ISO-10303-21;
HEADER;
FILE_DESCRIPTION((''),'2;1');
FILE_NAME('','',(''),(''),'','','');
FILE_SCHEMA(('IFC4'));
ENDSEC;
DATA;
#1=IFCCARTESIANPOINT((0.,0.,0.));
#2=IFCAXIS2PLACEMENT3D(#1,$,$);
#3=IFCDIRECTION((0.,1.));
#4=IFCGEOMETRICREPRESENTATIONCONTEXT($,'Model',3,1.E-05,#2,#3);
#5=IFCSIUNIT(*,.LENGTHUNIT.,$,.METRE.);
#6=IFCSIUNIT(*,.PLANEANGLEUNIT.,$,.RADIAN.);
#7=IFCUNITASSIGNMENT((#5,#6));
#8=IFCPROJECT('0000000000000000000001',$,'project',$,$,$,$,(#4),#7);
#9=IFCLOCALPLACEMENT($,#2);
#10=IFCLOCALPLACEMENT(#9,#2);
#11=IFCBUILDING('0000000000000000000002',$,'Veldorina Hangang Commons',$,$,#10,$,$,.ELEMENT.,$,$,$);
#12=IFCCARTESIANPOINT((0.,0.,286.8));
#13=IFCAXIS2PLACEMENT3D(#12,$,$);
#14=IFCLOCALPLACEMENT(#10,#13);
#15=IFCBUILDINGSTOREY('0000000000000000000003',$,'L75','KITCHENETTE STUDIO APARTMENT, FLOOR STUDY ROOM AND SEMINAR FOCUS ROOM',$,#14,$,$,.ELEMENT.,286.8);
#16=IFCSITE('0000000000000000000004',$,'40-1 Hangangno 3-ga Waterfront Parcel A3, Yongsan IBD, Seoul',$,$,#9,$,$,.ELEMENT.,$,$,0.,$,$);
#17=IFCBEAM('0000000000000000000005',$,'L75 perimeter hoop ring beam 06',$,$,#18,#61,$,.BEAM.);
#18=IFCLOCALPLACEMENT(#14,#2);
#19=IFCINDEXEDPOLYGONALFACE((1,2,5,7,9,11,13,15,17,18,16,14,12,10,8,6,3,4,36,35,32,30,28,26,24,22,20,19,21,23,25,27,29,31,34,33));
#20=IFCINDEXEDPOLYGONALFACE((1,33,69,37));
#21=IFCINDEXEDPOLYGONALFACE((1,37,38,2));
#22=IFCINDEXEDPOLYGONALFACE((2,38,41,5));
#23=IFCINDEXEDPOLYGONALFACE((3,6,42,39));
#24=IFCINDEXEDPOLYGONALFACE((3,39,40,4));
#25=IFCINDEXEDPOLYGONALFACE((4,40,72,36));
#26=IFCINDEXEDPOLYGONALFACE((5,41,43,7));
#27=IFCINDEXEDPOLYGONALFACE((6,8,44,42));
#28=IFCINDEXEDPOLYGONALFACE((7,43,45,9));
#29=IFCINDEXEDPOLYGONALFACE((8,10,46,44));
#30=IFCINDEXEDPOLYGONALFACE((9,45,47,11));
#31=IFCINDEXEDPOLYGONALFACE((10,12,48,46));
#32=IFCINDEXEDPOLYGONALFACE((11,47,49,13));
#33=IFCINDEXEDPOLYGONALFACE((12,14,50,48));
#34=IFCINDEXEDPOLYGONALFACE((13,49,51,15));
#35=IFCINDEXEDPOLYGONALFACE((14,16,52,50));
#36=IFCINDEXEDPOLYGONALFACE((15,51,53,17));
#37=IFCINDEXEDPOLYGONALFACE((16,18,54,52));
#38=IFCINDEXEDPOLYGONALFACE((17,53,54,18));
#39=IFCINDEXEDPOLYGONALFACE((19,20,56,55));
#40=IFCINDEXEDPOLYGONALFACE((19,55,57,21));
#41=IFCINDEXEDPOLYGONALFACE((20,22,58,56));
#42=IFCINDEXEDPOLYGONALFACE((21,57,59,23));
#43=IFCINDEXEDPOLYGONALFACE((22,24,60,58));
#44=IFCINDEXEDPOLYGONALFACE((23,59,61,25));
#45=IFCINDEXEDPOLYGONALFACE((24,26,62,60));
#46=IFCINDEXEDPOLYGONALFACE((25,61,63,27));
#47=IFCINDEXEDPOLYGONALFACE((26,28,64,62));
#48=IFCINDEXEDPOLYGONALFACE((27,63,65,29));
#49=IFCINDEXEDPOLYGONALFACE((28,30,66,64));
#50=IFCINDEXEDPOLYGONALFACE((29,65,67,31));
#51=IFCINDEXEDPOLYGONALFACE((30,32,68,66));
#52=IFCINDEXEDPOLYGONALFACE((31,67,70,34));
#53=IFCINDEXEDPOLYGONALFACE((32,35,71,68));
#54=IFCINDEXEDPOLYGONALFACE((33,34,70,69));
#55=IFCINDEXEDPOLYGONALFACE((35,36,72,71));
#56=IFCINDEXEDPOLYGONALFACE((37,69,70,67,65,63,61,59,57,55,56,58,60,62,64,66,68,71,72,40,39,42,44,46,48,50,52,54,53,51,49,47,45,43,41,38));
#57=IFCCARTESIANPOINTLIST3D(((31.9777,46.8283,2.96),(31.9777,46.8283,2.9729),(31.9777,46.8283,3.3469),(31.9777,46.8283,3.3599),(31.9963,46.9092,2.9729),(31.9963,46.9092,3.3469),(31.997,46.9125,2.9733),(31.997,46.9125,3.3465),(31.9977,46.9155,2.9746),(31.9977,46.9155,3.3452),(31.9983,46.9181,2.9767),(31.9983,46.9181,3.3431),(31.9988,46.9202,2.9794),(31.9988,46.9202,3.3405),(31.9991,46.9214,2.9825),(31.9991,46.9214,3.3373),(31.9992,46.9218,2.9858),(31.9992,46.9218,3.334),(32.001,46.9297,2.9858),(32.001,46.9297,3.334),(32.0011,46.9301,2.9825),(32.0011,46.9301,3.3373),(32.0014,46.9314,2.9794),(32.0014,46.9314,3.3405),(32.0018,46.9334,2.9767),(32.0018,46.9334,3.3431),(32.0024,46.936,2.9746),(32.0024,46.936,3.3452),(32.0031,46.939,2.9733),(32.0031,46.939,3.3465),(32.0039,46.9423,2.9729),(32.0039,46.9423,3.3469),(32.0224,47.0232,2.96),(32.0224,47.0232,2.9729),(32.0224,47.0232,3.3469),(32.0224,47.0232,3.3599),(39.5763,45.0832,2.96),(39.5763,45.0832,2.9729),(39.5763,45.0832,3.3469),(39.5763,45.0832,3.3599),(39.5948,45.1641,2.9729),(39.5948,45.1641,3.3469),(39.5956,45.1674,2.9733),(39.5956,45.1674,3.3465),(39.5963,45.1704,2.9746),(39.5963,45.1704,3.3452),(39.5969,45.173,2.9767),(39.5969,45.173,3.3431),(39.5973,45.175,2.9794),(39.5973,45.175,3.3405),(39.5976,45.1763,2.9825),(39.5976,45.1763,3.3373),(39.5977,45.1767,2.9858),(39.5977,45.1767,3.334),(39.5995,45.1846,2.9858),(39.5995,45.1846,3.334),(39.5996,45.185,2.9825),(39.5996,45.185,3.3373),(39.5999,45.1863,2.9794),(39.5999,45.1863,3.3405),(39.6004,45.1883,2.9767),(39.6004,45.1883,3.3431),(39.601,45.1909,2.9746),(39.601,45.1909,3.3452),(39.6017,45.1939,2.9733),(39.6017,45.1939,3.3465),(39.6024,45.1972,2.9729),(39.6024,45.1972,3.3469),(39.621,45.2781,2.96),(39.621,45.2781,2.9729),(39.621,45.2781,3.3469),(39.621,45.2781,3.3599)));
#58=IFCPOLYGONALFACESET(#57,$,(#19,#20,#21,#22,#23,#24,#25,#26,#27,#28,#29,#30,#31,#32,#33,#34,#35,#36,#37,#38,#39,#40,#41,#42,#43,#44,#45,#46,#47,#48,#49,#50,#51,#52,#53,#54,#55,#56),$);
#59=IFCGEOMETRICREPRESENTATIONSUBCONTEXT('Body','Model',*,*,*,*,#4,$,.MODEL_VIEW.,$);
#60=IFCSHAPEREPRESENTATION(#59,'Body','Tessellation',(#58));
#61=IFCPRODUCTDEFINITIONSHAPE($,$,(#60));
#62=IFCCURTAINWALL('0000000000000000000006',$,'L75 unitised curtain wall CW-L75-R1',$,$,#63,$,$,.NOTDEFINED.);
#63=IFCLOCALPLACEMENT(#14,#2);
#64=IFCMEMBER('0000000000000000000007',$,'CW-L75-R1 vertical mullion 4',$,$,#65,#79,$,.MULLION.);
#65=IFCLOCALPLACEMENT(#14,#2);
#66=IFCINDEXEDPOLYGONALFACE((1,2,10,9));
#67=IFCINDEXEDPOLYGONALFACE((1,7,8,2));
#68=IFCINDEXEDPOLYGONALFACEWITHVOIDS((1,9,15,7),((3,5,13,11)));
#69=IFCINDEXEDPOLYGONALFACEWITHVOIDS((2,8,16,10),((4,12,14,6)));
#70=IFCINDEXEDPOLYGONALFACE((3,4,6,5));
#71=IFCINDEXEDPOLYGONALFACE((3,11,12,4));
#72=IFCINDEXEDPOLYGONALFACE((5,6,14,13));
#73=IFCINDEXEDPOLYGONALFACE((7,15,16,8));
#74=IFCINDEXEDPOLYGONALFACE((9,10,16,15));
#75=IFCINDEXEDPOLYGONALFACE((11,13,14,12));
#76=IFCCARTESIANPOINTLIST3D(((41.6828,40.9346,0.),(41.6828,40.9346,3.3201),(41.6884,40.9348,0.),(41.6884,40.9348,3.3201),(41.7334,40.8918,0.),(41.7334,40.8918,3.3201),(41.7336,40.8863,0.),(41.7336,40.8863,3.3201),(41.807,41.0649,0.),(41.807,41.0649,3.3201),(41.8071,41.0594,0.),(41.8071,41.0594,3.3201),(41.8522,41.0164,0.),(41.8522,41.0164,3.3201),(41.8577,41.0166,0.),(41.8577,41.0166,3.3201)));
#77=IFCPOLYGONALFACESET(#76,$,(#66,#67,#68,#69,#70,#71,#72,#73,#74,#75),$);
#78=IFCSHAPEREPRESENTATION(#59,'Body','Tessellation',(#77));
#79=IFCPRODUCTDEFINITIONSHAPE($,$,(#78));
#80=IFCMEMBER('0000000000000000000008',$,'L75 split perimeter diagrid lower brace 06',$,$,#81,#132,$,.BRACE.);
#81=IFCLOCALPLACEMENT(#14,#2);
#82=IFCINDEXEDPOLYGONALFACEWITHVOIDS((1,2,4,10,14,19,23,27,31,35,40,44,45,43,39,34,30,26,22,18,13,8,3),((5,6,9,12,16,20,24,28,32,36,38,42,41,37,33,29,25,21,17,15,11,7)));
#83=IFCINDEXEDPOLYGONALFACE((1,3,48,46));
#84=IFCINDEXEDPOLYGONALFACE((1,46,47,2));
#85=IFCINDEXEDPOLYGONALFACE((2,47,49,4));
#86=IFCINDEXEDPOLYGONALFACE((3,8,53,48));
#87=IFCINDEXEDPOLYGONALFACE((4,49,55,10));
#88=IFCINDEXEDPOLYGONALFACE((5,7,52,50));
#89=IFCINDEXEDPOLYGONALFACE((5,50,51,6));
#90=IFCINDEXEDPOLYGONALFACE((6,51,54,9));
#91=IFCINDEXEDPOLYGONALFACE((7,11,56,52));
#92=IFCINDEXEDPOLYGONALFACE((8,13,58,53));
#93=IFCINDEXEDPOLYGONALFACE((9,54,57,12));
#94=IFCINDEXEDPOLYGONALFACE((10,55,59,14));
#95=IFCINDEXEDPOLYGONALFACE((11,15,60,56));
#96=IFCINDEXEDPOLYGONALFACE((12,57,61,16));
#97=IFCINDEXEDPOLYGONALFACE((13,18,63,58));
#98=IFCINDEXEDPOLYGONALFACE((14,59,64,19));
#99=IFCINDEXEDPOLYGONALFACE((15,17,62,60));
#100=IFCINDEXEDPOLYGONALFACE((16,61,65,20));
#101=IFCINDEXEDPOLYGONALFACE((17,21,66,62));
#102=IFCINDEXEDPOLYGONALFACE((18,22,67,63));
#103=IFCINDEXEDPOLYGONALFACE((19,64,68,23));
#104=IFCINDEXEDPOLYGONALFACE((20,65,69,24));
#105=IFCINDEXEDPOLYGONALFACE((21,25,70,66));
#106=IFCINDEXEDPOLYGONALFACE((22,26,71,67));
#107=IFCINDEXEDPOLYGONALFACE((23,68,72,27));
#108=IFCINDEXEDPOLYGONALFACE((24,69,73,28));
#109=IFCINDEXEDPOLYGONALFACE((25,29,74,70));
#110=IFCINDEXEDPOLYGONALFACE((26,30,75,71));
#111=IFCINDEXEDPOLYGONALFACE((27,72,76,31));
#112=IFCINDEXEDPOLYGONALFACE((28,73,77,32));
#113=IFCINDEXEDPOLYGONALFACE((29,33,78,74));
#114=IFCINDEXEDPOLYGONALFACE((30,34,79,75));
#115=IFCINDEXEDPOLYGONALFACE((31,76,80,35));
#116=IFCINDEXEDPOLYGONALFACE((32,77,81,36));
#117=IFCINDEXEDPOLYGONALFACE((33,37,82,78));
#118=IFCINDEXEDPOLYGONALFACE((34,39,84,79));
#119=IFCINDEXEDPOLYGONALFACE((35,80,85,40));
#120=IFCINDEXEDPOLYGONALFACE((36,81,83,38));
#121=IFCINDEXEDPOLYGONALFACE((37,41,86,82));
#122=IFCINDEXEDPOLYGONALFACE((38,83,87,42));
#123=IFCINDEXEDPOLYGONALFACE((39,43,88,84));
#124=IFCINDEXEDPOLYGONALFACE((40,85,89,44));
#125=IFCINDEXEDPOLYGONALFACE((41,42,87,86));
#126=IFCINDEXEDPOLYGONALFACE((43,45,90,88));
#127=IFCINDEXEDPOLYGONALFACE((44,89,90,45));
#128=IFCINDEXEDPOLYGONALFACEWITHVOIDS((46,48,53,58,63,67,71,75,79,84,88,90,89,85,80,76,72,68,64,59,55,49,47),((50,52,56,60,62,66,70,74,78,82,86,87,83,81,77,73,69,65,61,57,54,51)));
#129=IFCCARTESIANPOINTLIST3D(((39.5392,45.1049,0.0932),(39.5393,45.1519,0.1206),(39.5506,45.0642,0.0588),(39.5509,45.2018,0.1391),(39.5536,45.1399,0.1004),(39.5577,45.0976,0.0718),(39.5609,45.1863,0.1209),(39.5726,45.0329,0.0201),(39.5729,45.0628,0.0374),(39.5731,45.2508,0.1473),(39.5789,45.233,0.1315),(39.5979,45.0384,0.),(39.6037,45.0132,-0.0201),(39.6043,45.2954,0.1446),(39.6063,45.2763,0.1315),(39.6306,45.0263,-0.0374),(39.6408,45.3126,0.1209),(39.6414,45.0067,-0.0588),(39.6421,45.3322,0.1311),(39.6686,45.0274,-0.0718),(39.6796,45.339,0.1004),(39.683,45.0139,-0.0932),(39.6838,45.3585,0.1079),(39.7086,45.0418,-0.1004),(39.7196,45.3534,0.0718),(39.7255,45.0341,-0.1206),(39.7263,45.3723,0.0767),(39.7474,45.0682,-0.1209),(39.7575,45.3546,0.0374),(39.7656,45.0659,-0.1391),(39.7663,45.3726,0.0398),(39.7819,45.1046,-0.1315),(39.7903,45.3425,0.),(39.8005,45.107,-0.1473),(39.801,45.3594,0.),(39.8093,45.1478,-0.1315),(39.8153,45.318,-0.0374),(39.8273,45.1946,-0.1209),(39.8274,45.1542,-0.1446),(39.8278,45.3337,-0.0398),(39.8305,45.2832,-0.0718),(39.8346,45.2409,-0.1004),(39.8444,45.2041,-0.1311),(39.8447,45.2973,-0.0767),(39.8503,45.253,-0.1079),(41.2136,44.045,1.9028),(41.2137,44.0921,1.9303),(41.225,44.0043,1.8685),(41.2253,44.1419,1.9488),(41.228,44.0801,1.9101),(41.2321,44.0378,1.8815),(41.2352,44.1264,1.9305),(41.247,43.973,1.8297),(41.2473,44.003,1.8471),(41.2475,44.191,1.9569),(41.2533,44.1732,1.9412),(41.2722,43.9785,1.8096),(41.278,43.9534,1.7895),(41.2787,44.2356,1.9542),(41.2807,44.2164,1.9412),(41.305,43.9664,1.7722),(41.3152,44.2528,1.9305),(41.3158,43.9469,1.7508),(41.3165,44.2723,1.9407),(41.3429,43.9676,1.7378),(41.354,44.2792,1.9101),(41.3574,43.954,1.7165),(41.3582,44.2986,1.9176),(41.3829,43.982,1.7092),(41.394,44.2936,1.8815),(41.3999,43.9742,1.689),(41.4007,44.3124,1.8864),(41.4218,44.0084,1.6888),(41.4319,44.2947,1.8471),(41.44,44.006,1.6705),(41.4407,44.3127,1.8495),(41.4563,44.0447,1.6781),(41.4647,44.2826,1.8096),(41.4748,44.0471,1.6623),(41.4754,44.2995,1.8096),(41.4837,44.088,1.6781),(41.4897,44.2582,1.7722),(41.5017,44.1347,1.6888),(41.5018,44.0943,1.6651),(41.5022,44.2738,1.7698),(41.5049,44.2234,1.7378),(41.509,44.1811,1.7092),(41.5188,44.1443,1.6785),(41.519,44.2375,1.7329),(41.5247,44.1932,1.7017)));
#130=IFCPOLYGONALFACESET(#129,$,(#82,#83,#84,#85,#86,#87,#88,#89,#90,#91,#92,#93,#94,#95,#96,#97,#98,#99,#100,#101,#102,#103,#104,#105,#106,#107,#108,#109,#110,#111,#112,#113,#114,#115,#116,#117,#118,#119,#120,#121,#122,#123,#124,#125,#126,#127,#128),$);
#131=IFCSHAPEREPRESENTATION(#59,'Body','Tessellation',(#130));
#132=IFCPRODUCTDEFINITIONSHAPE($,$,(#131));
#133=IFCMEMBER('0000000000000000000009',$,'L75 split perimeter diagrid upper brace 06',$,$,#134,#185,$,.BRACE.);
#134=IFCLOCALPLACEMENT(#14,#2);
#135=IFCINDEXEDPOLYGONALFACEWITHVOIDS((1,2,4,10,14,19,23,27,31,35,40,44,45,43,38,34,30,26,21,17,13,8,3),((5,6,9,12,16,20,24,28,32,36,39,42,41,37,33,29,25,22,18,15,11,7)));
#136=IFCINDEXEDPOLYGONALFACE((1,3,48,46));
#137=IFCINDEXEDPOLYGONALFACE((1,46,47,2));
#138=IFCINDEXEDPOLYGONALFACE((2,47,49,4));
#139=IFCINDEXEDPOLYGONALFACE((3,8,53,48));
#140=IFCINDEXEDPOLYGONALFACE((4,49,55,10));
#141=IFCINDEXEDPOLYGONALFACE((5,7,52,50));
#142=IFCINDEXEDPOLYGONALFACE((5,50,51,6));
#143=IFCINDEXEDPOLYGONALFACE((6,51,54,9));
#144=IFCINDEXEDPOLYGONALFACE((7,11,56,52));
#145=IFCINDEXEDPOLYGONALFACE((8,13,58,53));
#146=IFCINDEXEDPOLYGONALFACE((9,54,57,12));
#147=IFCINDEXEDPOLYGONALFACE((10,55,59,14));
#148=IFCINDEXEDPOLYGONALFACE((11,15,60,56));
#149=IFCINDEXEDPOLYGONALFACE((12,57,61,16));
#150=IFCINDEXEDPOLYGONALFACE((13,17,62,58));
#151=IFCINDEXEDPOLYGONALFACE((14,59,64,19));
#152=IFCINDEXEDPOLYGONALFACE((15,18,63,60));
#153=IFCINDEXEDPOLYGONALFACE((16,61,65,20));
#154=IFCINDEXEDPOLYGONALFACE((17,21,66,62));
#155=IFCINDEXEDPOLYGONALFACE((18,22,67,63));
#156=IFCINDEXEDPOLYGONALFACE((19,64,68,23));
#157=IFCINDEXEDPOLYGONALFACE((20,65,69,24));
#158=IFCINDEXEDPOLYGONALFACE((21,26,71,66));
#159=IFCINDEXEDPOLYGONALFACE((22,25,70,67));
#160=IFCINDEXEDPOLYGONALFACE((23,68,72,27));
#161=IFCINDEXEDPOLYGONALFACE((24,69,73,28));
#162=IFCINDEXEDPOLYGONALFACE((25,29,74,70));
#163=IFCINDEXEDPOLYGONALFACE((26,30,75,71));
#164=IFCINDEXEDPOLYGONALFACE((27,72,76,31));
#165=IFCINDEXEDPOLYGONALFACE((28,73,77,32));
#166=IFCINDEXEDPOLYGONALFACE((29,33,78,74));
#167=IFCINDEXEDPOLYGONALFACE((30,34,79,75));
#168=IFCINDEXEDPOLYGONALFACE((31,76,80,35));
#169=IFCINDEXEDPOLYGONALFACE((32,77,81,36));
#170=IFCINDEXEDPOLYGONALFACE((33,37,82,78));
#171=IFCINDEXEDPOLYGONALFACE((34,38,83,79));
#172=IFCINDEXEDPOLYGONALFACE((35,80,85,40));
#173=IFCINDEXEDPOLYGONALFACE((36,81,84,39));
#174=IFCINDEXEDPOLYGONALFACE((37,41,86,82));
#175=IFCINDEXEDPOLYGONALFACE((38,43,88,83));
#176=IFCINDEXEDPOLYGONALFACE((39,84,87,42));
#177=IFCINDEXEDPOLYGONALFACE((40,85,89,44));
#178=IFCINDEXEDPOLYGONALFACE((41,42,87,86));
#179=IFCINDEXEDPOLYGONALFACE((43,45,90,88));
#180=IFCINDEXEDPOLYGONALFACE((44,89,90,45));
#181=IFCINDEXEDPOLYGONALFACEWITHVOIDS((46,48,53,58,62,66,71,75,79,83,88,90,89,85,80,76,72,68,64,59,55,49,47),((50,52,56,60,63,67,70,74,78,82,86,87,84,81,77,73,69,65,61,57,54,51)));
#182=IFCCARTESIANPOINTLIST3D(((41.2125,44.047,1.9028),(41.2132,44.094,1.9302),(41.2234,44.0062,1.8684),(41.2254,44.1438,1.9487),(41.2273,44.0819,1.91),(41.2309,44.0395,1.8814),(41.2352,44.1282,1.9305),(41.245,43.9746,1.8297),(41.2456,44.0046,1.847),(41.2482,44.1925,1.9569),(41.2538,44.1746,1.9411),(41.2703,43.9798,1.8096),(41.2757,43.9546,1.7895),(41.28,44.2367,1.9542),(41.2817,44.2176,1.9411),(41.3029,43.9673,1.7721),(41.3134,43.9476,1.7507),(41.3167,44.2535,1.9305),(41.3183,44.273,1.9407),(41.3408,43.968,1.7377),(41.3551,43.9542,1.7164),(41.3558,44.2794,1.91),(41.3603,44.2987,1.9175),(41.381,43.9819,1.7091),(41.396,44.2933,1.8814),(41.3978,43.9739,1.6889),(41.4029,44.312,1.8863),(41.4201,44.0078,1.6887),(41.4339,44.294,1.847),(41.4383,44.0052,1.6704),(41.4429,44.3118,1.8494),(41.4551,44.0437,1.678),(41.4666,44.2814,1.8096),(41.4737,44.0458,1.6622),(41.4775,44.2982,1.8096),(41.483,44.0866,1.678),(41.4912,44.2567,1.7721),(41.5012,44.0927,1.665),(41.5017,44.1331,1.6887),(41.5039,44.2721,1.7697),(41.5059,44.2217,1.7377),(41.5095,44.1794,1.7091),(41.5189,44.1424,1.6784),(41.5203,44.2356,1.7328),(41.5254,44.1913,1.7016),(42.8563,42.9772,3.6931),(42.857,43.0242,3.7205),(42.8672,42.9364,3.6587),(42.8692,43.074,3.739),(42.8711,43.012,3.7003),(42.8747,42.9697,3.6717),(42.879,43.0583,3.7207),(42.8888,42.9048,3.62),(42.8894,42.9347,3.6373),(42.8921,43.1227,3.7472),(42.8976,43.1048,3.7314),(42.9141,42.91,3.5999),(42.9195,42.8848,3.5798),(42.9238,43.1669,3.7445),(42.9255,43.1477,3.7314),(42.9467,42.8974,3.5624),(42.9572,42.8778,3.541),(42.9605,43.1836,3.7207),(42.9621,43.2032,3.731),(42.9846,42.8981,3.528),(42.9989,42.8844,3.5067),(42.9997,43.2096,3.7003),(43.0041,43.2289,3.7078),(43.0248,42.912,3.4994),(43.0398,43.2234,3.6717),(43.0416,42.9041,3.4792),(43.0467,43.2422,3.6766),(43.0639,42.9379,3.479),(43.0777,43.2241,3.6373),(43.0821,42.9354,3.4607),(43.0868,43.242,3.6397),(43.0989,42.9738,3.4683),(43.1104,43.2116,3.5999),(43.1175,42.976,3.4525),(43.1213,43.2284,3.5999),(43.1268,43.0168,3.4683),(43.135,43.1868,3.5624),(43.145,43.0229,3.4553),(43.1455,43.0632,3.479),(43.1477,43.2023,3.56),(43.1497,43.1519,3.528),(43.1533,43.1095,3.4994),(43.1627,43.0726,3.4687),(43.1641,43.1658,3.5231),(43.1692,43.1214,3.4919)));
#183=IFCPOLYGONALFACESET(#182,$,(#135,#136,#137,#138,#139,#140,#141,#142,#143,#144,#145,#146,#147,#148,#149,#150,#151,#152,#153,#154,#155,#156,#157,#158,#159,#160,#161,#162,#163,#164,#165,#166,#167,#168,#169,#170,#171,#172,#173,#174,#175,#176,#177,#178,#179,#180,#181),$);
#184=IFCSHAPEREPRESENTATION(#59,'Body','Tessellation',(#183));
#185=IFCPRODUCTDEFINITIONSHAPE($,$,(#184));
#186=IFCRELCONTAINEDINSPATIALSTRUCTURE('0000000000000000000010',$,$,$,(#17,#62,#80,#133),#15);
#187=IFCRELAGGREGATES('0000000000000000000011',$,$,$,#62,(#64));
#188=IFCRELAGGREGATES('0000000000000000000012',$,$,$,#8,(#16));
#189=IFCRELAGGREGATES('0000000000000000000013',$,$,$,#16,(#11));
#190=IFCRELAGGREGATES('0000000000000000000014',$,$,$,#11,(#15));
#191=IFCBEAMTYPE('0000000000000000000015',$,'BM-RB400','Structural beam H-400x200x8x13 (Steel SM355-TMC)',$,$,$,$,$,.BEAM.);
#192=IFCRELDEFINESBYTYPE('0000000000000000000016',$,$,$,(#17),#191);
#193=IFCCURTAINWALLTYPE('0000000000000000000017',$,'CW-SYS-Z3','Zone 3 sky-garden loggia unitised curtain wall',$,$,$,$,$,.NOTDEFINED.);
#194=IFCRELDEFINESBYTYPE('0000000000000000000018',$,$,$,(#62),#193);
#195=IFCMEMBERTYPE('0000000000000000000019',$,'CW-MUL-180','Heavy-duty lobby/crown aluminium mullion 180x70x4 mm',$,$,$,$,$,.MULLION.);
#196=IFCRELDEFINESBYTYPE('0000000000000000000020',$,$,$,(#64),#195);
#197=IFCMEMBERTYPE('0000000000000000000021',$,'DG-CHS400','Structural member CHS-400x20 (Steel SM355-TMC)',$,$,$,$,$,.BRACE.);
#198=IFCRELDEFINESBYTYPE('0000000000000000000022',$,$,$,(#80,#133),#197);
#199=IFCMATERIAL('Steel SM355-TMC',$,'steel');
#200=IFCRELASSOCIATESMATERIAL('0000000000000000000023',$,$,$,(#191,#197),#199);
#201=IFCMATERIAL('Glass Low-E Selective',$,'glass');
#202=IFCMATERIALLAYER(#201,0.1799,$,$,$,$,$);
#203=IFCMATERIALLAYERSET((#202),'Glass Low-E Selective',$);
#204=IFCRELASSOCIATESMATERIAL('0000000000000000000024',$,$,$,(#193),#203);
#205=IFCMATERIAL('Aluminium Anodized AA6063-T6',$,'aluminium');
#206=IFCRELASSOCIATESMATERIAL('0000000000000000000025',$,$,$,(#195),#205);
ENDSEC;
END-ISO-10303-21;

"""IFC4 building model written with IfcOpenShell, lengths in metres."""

from ifc_helpers import new_model, si_unit, direction, frame, origin, origin_2d, place, context, subcontext, project, spatial, hollow_rectangle, hollow_circle, i_section, extrude, material, layer, layer_set, material_profile, profile_set, type_object, element, aggregate, save


model = new_model("IFC4")

# Units and contexts
model_context = context("Model", 3, precision=1e-05, world=origin(), true_north=direction((0.0, 1.0)))
body_context = subcontext(model_context, "Body", "Model", "MODEL_VIEW")
ifc_project = project(units=[si_unit("LENGTHUNIT", "METRE"), si_unit("PLANEANGLEUNIT", "RADIAN")], contexts=[model_context])

# Site, building, storey
site_placement = place(None, origin())
site = spatial("IfcSite", under=ifc_project, at=site_placement, Name="40-1 Hangangno 3-ga Waterfront Parcel A3, Yongsan IBD, Seoul", CompositionType="ELEMENT", RefElevation=0.0)
building_placement = place(site_placement, origin())
building = spatial("IfcBuilding", under=site, at=building_placement, Name="Veldorina Hangang Commons", CompositionType="ELEMENT")
storey_placement = place(building_placement, frame((0.0, 0.0, 286.8)))
storey = spatial("IfcBuildingStorey", under=building, at=storey_placement, Name="L75", Description="KITCHENETTE STUDIO APARTMENT, FLOOR STUDY ROOM AND SEMINAR FOCUS ROOM", CompositionType="ELEMENT", Elevation=286.8)

# Beam
ifc_material_1 = material(Name="Steel SM355-TMC", Category="steel")
ifc_material_profile_1 = material_profile(ifc_material_1, i_section(OverallWidth=0.2, OverallDepth=0.3999, WebThickness=0.0081, FlangeThickness=0.0129, FilletRadius=0.0129, at=origin_2d()), Name="H-400x200x8x13")
ifc_profile_set_1 = profile_set([ifc_material_profile_1], Name="Steel SM355-TMC")
beam_type = type_object("IfcBeamType", Name="BM-RB400", Description="Structural beam H-400x200x8x13 (Steel SM355-TMC)", PredefinedType="BEAM", material=ifc_profile_set_1)
beam_placement = place(storey_placement, frame((39.5986, 45.1807, 3.1599), z_axis=(-0.974627, 0.223835, 0.0), x_axis=(-0.223835, -0.974627, 0.0)))
element("IfcBeam", 1, at=beam_placement, inside=storey, type_object=beam_type, Name="L75 perimeter hoop ring beam 06", PredefinedType="BEAM", context=body_context, shape_type="SweptSolid", body=[
    extrude(i_section(OverallWidth=0.2, OverallDepth=0.3999, WebThickness=0.0081, FlangeThickness=0.0129, FilletRadius=0.0129, at=origin_2d()), origin(), (0.0, 0.0, 1.0), 7.7964),
])

# Curtain wall, member
ifc_material_2 = material(Name="Glass Low-E Selective", Category="glass")
ifc_layer_1 = layer(ifc_material_2, 0.1799)
ifc_layer_set_1 = layer_set([ifc_layer_1], Name="Glass Low-E Selective")
curtain_wall_type = type_object("IfcCurtainWallType", Name="CW-SYS-Z3", Description="Zone 3 sky-garden loggia unitised curtain wall", PredefinedType="NOTDEFINED", material=ifc_layer_set_1)
curtain_wall_placement = place(storey_placement, origin())
curtain_wall = element("IfcCurtainWall", 2, at=curtain_wall_placement, inside=storey, type_object=curtain_wall_type, Name="L75 unitised curtain wall CW-L75-R1", PredefinedType="NOTDEFINED")
ifc_material_3 = material(Name="Aluminium Anodized AA6063-T6", Category="aluminium")
ifc_material_profile_2 = material_profile(ifc_material_3, hollow_rectangle(XDim=0.0701, YDim=0.1799, WallThickness=0.0039, at=origin_2d()), Name="ALU-RHS-180x70x4")
ifc_profile_set_2 = profile_set([ifc_material_profile_2], Name="Aluminium Anodized AA6063-T6")
member_type_1 = type_object("IfcMemberType", Name="CW-MUL-180", Description="Heavy-duty lobby/crown aluminium mullion 180x70x4 mm", PredefinedType="MULLION", material=ifc_profile_set_2)
member_1_placement = place(storey_placement, frame((41.7703, 40.9756, 0.0), z_axis=(0.0, 0.0, 1.0), x_axis=(0.724003, -0.689796, 0.0)))
member_1 = element("IfcMember", 3, at=member_1_placement, type_object=member_type_1, Name="CW-L75-R1 vertical mullion 4", PredefinedType="MULLION", context=body_context, shape_type="SweptSolid", body=[
    extrude(hollow_rectangle(XDim=0.0701, YDim=0.1799, WallThickness=0.0039, at=origin_2d()), origin(), (0.0, 0.0, 1.0), 3.3201),
])
aggregate(curtain_wall, [member_1])

# Members
ifc_material_profile_3 = material_profile(ifc_material_1, hollow_circle(Radius=0.2, WallThickness=0.02, at=origin_2d()), Name="CHS-400x20")
ifc_profile_set_3 = profile_set([ifc_material_profile_3], Name="Steel SM355-TMC")
member_type_2 = type_object("IfcMemberType", Name="DG-CHS400", Description="Structural member CHS-400x20 (Steel SM355-TMC)", PredefinedType="BRACE", material=ifc_profile_set_3)
member_2_placement = place(storey_placement, frame((39.6941, 45.1904, 0.0), z_axis=(0.623934, -0.39494, 0.674336), x_axis=(0.534841, 0.844953, 0.0)))
element("IfcMember", 4, at=member_2_placement, inside=storey, type_object=member_type_2, Name="L75 split perimeter diagrid lower brace 06", PredefinedType="BRACE", context=body_context, shape_type="SweptSolid", body=[
    extrude(hollow_circle(Radius=0.2, WallThickness=0.02, at=origin_2d()), origin(), (0.0, 0.0, 1.0), 2.6836),
])
member_3_placement = place(storey_placement, frame((41.3684, 44.1306, 1.8096), z_axis=(0.619015, -0.40287, 0.674178), x_axis=(0.545474, 0.838128, 0.0)))
element("IfcMember", 5, at=member_3_placement, inside=storey, type_object=member_type_2, Name="L75 split perimeter diagrid upper brace 06", PredefinedType="BRACE", context=body_context, shape_type="SweptSolid", body=[
    extrude(hollow_circle(Radius=0.2, WallThickness=0.02, at=origin_2d()), origin(), (0.0, 0.0, 1.0), 2.6555),
])

save(model, "model.ifc")
